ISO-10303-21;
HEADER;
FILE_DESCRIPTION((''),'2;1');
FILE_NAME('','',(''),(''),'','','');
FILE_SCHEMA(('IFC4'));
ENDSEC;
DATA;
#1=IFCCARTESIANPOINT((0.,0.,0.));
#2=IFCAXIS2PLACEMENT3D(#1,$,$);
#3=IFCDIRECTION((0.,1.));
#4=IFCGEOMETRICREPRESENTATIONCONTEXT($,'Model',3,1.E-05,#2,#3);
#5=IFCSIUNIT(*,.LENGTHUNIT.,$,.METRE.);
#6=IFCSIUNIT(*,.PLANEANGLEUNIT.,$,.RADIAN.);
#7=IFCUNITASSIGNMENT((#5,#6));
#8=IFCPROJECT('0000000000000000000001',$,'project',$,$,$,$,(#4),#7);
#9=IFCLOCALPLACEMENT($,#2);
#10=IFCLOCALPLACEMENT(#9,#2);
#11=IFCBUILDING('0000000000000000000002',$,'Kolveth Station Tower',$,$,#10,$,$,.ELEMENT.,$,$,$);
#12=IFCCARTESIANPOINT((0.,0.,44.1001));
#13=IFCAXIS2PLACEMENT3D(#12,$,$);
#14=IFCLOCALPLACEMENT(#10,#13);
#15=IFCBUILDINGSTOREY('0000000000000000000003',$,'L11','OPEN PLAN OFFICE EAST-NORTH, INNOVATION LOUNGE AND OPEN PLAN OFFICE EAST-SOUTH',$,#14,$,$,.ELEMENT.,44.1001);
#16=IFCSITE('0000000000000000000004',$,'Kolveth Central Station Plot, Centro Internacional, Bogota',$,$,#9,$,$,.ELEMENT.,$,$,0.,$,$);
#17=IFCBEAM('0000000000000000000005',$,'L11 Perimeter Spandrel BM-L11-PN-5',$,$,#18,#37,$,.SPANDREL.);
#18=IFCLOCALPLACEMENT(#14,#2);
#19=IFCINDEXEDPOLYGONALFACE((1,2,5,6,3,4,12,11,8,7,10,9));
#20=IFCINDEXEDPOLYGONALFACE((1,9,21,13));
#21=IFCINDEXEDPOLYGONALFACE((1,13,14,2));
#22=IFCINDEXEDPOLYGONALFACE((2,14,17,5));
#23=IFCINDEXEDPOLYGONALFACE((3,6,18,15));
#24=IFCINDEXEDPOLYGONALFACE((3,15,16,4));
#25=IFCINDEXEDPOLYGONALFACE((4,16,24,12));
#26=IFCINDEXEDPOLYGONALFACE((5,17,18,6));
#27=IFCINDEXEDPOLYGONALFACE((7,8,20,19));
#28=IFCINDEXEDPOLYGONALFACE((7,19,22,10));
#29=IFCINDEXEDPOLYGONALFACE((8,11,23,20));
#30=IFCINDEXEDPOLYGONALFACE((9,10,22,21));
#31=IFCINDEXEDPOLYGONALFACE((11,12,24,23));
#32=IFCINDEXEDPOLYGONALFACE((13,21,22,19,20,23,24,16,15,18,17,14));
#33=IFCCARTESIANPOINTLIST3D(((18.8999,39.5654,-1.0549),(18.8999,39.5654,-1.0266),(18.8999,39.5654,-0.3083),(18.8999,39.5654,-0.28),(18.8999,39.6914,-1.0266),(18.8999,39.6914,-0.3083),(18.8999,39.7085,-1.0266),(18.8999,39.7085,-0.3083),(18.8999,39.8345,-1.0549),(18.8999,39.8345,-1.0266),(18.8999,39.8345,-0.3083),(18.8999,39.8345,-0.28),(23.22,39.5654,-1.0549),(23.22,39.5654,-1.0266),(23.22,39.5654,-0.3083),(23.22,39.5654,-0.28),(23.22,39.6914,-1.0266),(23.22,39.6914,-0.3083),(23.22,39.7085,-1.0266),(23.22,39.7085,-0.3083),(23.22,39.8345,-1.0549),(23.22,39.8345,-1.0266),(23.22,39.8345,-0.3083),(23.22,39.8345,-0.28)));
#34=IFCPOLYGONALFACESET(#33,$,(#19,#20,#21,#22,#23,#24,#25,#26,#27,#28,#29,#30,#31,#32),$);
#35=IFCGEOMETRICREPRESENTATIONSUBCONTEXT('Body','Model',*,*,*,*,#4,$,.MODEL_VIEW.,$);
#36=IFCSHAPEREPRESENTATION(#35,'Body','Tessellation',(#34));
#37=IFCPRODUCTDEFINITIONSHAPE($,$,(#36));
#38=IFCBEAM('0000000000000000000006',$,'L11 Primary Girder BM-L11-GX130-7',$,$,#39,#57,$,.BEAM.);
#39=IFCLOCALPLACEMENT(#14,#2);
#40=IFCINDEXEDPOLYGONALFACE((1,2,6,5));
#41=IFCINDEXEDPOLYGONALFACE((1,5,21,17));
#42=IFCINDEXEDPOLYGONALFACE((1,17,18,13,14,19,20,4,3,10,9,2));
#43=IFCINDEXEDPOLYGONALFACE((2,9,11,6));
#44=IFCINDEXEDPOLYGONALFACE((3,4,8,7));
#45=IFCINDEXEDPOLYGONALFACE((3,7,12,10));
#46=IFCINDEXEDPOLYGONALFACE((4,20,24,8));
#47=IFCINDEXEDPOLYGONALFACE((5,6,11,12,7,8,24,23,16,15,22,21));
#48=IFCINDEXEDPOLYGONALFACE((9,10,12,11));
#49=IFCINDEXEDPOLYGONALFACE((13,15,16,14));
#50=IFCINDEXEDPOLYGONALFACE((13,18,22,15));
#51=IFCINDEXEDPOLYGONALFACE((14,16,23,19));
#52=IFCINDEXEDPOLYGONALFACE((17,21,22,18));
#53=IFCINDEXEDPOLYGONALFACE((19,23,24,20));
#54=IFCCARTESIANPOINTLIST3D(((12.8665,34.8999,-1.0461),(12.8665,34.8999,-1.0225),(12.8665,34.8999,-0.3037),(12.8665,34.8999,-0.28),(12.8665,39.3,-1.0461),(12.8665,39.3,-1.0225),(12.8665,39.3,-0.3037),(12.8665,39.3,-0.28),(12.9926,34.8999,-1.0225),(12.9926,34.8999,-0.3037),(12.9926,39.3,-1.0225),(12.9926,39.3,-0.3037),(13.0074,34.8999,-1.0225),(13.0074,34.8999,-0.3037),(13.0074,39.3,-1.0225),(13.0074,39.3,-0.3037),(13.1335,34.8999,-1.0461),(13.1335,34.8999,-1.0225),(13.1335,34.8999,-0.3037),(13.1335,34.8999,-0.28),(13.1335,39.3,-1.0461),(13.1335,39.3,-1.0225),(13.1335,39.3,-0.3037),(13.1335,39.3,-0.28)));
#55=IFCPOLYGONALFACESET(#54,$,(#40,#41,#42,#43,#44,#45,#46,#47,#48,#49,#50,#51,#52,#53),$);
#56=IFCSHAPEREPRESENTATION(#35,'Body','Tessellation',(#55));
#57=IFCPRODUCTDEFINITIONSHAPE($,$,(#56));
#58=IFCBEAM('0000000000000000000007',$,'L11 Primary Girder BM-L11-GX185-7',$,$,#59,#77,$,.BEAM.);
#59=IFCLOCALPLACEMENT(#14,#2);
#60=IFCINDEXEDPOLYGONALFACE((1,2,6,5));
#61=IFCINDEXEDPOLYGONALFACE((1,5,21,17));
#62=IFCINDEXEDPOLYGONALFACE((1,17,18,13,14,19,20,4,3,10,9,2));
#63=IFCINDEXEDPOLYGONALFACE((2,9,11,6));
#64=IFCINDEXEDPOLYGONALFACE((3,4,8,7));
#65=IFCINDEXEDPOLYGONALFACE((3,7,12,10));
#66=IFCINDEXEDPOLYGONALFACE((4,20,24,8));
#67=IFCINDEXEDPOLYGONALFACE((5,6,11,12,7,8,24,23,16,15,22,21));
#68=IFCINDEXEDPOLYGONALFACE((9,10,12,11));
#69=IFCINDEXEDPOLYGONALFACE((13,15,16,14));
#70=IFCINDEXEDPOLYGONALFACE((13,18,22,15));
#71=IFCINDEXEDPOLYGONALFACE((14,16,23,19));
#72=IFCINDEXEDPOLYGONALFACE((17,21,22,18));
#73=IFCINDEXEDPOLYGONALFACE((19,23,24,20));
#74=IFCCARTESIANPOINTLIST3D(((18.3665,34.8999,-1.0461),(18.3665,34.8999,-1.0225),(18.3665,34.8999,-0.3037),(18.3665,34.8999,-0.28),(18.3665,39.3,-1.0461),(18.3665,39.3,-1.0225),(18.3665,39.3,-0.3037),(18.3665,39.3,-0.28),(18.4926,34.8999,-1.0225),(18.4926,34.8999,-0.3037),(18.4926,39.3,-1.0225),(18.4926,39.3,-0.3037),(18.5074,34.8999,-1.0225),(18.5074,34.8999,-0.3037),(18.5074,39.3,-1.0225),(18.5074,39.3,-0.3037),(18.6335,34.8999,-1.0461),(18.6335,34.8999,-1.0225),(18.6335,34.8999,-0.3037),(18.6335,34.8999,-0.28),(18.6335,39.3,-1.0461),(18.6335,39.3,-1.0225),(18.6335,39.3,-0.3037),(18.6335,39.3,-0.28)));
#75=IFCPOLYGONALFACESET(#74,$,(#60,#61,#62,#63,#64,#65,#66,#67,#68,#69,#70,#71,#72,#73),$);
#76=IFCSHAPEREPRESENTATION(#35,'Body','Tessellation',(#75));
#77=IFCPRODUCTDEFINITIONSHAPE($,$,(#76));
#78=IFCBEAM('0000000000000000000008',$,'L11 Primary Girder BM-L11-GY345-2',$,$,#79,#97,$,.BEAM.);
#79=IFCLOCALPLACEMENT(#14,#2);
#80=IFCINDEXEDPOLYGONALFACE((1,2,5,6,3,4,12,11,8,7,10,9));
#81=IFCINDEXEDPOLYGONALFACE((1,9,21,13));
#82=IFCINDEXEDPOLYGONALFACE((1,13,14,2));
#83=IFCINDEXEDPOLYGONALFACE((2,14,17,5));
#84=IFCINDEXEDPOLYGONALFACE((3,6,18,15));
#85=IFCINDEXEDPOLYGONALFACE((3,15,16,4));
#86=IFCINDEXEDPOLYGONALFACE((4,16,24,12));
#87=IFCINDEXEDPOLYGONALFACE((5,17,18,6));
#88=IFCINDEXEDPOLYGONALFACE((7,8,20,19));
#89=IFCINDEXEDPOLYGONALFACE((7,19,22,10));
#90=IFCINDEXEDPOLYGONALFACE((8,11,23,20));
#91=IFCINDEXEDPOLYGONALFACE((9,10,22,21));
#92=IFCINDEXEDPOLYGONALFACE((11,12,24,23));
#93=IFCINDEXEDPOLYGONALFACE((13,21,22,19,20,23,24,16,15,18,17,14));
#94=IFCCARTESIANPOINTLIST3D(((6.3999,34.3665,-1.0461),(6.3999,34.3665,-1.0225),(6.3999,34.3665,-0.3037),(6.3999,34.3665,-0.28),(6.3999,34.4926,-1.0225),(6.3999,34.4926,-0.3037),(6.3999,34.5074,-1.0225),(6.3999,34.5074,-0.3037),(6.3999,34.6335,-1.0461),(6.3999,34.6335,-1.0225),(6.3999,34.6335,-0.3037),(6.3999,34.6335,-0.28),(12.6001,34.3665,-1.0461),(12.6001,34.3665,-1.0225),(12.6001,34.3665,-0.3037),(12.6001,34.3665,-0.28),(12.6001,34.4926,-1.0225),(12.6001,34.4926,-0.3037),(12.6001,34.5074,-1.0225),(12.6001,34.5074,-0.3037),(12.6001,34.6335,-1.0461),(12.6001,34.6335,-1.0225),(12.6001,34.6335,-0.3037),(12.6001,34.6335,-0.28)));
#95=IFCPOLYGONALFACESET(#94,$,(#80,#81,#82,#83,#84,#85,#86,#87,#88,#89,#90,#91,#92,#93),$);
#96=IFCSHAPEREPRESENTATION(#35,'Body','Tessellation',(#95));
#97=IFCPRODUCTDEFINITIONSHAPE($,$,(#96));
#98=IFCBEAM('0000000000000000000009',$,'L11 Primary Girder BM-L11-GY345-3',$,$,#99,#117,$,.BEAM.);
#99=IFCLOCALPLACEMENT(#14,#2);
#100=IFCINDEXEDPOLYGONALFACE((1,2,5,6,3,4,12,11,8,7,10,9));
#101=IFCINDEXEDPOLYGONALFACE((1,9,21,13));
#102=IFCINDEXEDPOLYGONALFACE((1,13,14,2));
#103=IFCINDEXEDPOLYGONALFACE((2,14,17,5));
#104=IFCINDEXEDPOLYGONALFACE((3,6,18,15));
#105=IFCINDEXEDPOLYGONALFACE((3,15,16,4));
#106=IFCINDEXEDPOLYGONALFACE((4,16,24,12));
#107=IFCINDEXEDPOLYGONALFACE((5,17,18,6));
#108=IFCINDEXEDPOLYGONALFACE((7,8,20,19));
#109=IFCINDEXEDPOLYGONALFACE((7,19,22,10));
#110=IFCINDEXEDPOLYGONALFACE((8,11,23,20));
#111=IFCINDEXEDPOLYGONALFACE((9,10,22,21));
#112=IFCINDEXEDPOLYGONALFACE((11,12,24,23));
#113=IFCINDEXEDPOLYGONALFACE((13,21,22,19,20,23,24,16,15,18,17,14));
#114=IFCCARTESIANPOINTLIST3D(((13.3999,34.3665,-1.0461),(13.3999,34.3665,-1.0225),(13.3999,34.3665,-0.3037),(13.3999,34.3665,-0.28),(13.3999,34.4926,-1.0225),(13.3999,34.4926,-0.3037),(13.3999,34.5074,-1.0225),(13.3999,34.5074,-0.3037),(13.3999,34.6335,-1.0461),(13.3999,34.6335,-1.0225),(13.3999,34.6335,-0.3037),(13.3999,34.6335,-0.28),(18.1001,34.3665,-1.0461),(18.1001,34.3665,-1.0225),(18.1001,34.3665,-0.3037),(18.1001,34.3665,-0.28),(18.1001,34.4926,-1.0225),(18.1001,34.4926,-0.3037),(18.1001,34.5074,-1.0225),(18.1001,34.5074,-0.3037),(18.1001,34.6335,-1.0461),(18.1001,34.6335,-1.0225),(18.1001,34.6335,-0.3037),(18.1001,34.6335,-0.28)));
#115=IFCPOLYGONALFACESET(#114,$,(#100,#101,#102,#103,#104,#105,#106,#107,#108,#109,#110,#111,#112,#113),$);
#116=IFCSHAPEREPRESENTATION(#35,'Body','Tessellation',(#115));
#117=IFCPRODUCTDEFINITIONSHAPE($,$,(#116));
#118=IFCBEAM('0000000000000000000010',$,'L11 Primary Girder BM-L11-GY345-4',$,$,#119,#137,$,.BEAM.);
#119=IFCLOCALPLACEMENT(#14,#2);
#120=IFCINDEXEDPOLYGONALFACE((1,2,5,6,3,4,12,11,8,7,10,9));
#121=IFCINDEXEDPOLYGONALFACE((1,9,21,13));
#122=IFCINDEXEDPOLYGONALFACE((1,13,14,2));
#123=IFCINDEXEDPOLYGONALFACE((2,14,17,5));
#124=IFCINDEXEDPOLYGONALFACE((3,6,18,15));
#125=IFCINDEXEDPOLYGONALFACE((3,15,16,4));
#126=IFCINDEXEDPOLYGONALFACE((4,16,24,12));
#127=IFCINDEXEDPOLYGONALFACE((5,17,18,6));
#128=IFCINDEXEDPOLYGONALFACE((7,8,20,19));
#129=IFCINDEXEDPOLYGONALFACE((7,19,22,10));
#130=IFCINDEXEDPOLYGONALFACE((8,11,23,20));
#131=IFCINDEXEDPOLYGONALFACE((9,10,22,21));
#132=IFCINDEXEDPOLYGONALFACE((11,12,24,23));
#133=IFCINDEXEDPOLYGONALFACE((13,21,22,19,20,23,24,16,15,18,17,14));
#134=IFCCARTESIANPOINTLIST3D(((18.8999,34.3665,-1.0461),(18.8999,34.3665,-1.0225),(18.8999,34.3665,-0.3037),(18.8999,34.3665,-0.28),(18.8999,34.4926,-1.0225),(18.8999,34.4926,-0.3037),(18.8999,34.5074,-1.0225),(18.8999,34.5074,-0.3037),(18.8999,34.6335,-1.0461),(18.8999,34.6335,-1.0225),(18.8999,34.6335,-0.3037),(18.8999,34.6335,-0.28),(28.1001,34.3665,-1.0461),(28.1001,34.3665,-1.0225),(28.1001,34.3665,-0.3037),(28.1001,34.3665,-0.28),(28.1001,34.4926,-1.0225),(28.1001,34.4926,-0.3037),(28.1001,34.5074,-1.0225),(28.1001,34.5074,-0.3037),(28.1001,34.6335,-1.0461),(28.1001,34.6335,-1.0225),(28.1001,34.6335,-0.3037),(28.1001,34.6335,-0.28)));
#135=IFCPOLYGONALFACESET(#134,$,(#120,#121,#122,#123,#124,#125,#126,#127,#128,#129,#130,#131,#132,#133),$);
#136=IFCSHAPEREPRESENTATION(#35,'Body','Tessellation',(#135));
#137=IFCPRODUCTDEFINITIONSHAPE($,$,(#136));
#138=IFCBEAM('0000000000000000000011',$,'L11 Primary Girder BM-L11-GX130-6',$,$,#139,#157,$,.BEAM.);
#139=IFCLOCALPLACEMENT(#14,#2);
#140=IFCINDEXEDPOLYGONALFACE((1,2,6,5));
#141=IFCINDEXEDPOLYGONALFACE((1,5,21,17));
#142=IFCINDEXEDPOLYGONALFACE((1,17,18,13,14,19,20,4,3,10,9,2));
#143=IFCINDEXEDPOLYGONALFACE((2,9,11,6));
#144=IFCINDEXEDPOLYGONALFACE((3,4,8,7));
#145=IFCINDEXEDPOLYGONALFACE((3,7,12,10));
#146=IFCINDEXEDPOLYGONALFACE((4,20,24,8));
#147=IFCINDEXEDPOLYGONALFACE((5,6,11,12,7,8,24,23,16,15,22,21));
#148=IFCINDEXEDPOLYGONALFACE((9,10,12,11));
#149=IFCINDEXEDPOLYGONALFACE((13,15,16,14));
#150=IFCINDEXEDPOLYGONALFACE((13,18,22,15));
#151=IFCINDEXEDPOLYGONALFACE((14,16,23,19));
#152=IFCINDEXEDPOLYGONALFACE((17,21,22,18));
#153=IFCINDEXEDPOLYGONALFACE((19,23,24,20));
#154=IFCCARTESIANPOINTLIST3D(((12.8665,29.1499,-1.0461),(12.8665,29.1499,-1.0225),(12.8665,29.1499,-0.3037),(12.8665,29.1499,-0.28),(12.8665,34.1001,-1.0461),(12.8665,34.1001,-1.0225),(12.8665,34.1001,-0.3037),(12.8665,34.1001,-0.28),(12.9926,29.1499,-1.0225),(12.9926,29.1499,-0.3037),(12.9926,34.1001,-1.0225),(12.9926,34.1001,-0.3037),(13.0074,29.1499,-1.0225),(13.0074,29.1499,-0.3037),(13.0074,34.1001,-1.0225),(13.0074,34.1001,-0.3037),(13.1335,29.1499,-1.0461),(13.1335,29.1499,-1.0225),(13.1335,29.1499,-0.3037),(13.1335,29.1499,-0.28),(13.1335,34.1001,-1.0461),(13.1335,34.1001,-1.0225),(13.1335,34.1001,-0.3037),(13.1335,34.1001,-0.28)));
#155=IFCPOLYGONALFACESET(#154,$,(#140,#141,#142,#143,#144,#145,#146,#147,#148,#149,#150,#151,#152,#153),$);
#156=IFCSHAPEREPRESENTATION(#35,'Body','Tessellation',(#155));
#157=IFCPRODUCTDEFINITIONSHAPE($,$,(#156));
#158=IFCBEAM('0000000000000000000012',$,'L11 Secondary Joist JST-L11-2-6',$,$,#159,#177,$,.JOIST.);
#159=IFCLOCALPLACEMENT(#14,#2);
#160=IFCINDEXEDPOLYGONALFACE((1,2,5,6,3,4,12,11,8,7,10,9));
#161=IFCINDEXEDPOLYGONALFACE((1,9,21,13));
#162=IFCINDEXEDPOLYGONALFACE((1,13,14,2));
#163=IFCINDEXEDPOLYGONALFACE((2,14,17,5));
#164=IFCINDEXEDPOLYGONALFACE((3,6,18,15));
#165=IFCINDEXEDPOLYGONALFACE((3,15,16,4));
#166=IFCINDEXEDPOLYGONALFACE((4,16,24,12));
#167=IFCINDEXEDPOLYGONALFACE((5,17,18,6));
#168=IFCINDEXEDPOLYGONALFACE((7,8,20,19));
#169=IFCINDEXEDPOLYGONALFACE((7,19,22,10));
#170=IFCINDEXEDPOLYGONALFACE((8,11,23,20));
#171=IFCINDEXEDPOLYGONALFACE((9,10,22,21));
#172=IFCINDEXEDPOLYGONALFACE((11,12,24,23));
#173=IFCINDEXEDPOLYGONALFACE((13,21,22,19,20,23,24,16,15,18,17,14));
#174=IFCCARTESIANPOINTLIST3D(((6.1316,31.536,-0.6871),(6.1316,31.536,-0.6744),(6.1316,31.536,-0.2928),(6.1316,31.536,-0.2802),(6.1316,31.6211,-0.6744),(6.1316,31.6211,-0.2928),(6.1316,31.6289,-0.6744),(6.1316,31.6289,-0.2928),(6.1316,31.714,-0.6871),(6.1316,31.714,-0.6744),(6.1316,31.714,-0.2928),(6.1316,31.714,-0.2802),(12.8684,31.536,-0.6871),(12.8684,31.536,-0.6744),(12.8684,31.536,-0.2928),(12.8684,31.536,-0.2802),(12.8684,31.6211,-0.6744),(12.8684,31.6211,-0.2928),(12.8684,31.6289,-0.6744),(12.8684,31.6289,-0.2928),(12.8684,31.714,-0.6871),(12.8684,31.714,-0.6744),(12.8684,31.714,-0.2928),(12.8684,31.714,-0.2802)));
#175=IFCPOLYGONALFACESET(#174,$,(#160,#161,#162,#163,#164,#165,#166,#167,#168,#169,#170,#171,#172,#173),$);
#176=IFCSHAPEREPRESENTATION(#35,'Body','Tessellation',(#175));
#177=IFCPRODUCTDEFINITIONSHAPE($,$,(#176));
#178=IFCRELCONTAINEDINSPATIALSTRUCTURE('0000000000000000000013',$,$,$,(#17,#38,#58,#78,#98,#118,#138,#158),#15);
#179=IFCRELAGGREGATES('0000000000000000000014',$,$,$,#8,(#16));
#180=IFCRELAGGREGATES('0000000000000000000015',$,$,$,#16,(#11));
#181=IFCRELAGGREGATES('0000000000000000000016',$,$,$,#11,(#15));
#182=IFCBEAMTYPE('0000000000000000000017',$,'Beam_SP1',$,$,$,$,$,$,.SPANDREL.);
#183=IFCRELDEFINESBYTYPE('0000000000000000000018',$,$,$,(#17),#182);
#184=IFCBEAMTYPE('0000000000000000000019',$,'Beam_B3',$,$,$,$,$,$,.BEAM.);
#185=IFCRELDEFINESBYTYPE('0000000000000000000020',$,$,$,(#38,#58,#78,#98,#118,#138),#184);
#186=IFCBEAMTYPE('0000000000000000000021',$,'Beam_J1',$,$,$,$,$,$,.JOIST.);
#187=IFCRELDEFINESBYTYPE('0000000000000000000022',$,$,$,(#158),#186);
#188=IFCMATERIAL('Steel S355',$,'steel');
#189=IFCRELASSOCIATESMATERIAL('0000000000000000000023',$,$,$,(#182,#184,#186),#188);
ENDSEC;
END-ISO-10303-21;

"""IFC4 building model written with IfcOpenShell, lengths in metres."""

from ifc_helpers import new_model, si_unit, direction, frame, origin, origin_2d, place, context, subcontext, project, spatial, i_section, extrude, source, transform, mapped, material, material_profile, profile_set, type_object, element, save


model = new_model("IFC4")

# Units and contexts
model_context = context("Model", 3, precision=1e-05, world=origin(), true_north=direction((0.0, 1.0)))
body_context = subcontext(model_context, "Body", "Model", "MODEL_VIEW")
ifc_project = project(units=[si_unit("LENGTHUNIT", "METRE"), si_unit("PLANEANGLEUNIT", "RADIAN")], contexts=[model_context])

# Site, building, storey
site_placement = place(None, origin())
site = spatial("IfcSite", under=ifc_project, at=site_placement, Name="Kolveth Central Station Plot, Centro Internacional, Bogota", CompositionType="ELEMENT", RefElevation=0.0)
building_placement = place(site_placement, origin())
building = spatial("IfcBuilding", under=site, at=building_placement, Name="Kolveth Station Tower", CompositionType="ELEMENT")
storey_placement = place(building_placement, frame((0.0, 0.0, 44.1001)))
storey = spatial("IfcBuildingStorey", under=building, at=storey_placement, Name="L11", Description="OPEN PLAN OFFICE EAST-NORTH, INNOVATION LOUNGE AND OPEN PLAN OFFICE EAST-SOUTH", CompositionType="ELEMENT", Elevation=44.1001)

# Shared definitions
ifc_material_1 = material(Name="Steel S355", Category="steel")

# Beams
ifc_material_profile_1 = material_profile(ifc_material_1, i_section(OverallWidth=0.269, OverallDepth=0.7749, WebThickness=0.0171, FlangeThickness=0.0283, at=origin_2d()), Name="W760x220")
ifc_profile_set_1 = profile_set([ifc_material_profile_1], Name="Steel S355")
beam_type_1 = type_object("IfcBeamType", Name="Beam_SP1", PredefinedType="SPANDREL", material=ifc_profile_set_1)
shared_shape_1 = source(origin(), body_context, "Body", "SweptSolid", [
    extrude(i_section(OverallWidth=0.269, OverallDepth=0.7749, WebThickness=0.0171, FlangeThickness=0.0283, at=origin_2d()), origin(), (0.0, 0.0, 1.0), 4.3201),
])
beam_1_placement = place(storey_placement, frame((18.8999, 39.7, -0.6675), z_axis=(1.0, 0.0, 0.0), x_axis=(0.0, 1.0, 0.0)))
element("IfcBeam", 1, at=beam_1_placement, inside=storey, type_object=beam_type_1, Name="L11 Perimeter Spandrel BM-L11-PN-5", PredefinedType="SPANDREL", context=body_context, shape_type="MappedRepresentation", body=[
    mapped(shared_shape_1, transform((0.0, 0.0, 0.0), x_axis=(1.0, 0.0, 0.0), y_axis=(0.0, 1.0, 0.0), z_axis=(0.0, 0.0, 1.0), scale=1.0)),
])
ifc_material_profile_2 = material_profile(ifc_material_1, i_section(OverallWidth=0.2671, OverallDepth=0.7661, WebThickness=0.0149, FlangeThickness=0.0237, at=origin_2d()), Name="W760x185")
ifc_profile_set_2 = profile_set([ifc_material_profile_2], Name="Steel S355")
beam_type_2 = type_object("IfcBeamType", Name="Beam_B3", PredefinedType="BEAM", material=ifc_profile_set_2)
shared_shape_2 = source(origin(), body_context, "Body", "SweptSolid", [
    extrude(i_section(OverallWidth=0.2671, OverallDepth=0.7661, WebThickness=0.0149, FlangeThickness=0.0237, at=origin_2d()), origin(), (0.0, 0.0, 1.0), 4.4001),
])
for number, where, z_axis, x_axis, name in (
    (2, (13.0, 34.8999, -0.6631), (0.0, 1.0, 0.0), (-1.0, 0.0, 0.0), "L11 Primary Girder BM-L11-GX130-7"),
    (3, (18.5, 34.8999, -0.6631), (0.0, 1.0, 0.0), (-1.0, 0.0, 0.0), "L11 Primary Girder BM-L11-GX185-7"),
):
    element("IfcBeam", number, at=place(storey_placement, frame(where, z_axis=z_axis, x_axis=x_axis)), inside=storey, type_object=beam_type_2, Name=name, PredefinedType="BEAM", context=body_context, shape_type="MappedRepresentation", body=[
        mapped(shared_shape_2, transform((0.0, 0.0, 0.0), x_axis=(1.0, 0.0, 0.0), y_axis=(0.0, 1.0, 0.0), z_axis=(0.0, 0.0, 1.0), scale=1.0)),
    ])
shared_shape_3 = source(origin(), body_context, "Body", "SweptSolid", [
    extrude(i_section(OverallWidth=0.2671, OverallDepth=0.7661, WebThickness=0.0149, FlangeThickness=0.0237, at=origin_2d()), origin(), (0.0, 0.0, 1.0), 6.2002),
])
beam_2_placement = place(storey_placement, frame((6.3999, 34.5, -0.6631), z_axis=(1.0, 0.0, 0.0), x_axis=(0.0, 1.0, 0.0)))
element("IfcBeam", 4, at=beam_2_placement, inside=storey, type_object=beam_type_2, Name="L11 Primary Girder BM-L11-GY345-2", PredefinedType="BEAM", context=body_context, shape_type="MappedRepresentation", body=[
    mapped(shared_shape_3, transform((0.0, 0.0, 0.0), x_axis=(1.0, 0.0, 0.0), y_axis=(0.0, 1.0, 0.0), z_axis=(0.0, 0.0, 1.0), scale=1.0)),
])
shared_shape_4 = source(origin(), body_context, "Body", "SweptSolid", [
    extrude(i_section(OverallWidth=0.2671, OverallDepth=0.7661, WebThickness=0.0149, FlangeThickness=0.0237, at=origin_2d()), origin(), (0.0, 0.0, 1.0), 4.7002),
])
beam_3_placement = place(storey_placement, frame((13.3999, 34.5, -0.6631), z_axis=(1.0, 0.0, 0.0), x_axis=(0.0, 1.0, 0.0)))
element("IfcBeam", 5, at=beam_3_placement, inside=storey, type_object=beam_type_2, Name="L11 Primary Girder BM-L11-GY345-3", PredefinedType="BEAM", context=body_context, shape_type="MappedRepresentation", body=[
    mapped(shared_shape_4, transform((0.0, 0.0, 0.0), x_axis=(1.0, 0.0, 0.0), y_axis=(0.0, 1.0, 0.0), z_axis=(0.0, 0.0, 1.0), scale=1.0)),
])
shared_shape_5 = source(origin(), body_context, "Body", "SweptSolid", [
    extrude(i_section(OverallWidth=0.2671, OverallDepth=0.7661, WebThickness=0.0149, FlangeThickness=0.0237, at=origin_2d()), origin(), (0.0, 0.0, 1.0), 9.2002),
])
beam_4_placement = place(storey_placement, frame((18.8999, 34.5, -0.6631), z_axis=(1.0, 0.0, 0.0), x_axis=(0.0, 1.0, 0.0)))
element("IfcBeam", 6, at=beam_4_placement, inside=storey, type_object=beam_type_2, Name="L11 Primary Girder BM-L11-GY345-4", PredefinedType="BEAM", context=body_context, shape_type="MappedRepresentation", body=[
    mapped(shared_shape_5, transform((0.0, 0.0, 0.0), x_axis=(1.0, 0.0, 0.0), y_axis=(0.0, 1.0, 0.0), z_axis=(0.0, 0.0, 1.0), scale=1.0)),
])
shared_shape_6 = source(origin(), body_context, "Body", "SweptSolid", [
    extrude(i_section(OverallWidth=0.2671, OverallDepth=0.7661, WebThickness=0.0149, FlangeThickness=0.0237, at=origin_2d()), origin(), (0.0, 0.0, 1.0), 4.9502),
])
beam_5_placement = place(storey_placement, frame((13.0, 29.1499, -0.6631), z_axis=(0.0, 1.0, 0.0), x_axis=(-1.0, 0.0, 0.0)))
element("IfcBeam", 7, at=beam_5_placement, inside=storey, type_object=beam_type_2, Name="L11 Primary Girder BM-L11-GX130-6", PredefinedType="BEAM", context=body_context, shape_type="MappedRepresentation", body=[
    mapped(shared_shape_6, transform((0.0, 0.0, 0.0), x_axis=(1.0, 0.0, 0.0), y_axis=(0.0, 1.0, 0.0), z_axis=(0.0, 0.0, 1.0), scale=1.0)),
])
ifc_material_profile_3 = material_profile(ifc_material_1, i_section(OverallWidth=0.178, OverallDepth=0.407, WebThickness=0.0078, FlangeThickness=0.0127, at=origin_2d()), Name="W410x60")
ifc_profile_set_3 = profile_set([ifc_material_profile_3], Name="Steel S355")
beam_type_3 = type_object("IfcBeamType", Name="Beam_J1", PredefinedType="JOIST", material=ifc_profile_set_3)
shared_shape_7 = source(origin(), body_context, "Body", "SweptSolid", [
    extrude(i_section(OverallWidth=0.178, OverallDepth=0.407, WebThickness=0.0078, FlangeThickness=0.0127, at=origin_2d()), origin(), (0.0, 0.0, 1.0), 6.7368),
])
for number, where, z_axis, x_axis, name in (
    (8, (6.1316, 31.625, -0.4836), (1.0, 0.0, 0.0), (0.0, 1.0, 0.0), "L11 Secondary Joist JST-L11-2-6"),
):
    element("IfcBeam", number, at=place(storey_placement, frame(where, z_axis=z_axis, x_axis=x_axis)), inside=storey, type_object=beam_type_3, Name=name, PredefinedType="JOIST", context=body_context, shape_type="MappedRepresentation", body=[
        mapped(shared_shape_7, transform((0.0, 0.0, 0.0), x_axis=(1.0, 0.0, 0.0), y_axis=(0.0, 1.0, 0.0), z_axis=(0.0, 0.0, 1.0), scale=1.0)),
    ])

save(model, "model.ifc")
